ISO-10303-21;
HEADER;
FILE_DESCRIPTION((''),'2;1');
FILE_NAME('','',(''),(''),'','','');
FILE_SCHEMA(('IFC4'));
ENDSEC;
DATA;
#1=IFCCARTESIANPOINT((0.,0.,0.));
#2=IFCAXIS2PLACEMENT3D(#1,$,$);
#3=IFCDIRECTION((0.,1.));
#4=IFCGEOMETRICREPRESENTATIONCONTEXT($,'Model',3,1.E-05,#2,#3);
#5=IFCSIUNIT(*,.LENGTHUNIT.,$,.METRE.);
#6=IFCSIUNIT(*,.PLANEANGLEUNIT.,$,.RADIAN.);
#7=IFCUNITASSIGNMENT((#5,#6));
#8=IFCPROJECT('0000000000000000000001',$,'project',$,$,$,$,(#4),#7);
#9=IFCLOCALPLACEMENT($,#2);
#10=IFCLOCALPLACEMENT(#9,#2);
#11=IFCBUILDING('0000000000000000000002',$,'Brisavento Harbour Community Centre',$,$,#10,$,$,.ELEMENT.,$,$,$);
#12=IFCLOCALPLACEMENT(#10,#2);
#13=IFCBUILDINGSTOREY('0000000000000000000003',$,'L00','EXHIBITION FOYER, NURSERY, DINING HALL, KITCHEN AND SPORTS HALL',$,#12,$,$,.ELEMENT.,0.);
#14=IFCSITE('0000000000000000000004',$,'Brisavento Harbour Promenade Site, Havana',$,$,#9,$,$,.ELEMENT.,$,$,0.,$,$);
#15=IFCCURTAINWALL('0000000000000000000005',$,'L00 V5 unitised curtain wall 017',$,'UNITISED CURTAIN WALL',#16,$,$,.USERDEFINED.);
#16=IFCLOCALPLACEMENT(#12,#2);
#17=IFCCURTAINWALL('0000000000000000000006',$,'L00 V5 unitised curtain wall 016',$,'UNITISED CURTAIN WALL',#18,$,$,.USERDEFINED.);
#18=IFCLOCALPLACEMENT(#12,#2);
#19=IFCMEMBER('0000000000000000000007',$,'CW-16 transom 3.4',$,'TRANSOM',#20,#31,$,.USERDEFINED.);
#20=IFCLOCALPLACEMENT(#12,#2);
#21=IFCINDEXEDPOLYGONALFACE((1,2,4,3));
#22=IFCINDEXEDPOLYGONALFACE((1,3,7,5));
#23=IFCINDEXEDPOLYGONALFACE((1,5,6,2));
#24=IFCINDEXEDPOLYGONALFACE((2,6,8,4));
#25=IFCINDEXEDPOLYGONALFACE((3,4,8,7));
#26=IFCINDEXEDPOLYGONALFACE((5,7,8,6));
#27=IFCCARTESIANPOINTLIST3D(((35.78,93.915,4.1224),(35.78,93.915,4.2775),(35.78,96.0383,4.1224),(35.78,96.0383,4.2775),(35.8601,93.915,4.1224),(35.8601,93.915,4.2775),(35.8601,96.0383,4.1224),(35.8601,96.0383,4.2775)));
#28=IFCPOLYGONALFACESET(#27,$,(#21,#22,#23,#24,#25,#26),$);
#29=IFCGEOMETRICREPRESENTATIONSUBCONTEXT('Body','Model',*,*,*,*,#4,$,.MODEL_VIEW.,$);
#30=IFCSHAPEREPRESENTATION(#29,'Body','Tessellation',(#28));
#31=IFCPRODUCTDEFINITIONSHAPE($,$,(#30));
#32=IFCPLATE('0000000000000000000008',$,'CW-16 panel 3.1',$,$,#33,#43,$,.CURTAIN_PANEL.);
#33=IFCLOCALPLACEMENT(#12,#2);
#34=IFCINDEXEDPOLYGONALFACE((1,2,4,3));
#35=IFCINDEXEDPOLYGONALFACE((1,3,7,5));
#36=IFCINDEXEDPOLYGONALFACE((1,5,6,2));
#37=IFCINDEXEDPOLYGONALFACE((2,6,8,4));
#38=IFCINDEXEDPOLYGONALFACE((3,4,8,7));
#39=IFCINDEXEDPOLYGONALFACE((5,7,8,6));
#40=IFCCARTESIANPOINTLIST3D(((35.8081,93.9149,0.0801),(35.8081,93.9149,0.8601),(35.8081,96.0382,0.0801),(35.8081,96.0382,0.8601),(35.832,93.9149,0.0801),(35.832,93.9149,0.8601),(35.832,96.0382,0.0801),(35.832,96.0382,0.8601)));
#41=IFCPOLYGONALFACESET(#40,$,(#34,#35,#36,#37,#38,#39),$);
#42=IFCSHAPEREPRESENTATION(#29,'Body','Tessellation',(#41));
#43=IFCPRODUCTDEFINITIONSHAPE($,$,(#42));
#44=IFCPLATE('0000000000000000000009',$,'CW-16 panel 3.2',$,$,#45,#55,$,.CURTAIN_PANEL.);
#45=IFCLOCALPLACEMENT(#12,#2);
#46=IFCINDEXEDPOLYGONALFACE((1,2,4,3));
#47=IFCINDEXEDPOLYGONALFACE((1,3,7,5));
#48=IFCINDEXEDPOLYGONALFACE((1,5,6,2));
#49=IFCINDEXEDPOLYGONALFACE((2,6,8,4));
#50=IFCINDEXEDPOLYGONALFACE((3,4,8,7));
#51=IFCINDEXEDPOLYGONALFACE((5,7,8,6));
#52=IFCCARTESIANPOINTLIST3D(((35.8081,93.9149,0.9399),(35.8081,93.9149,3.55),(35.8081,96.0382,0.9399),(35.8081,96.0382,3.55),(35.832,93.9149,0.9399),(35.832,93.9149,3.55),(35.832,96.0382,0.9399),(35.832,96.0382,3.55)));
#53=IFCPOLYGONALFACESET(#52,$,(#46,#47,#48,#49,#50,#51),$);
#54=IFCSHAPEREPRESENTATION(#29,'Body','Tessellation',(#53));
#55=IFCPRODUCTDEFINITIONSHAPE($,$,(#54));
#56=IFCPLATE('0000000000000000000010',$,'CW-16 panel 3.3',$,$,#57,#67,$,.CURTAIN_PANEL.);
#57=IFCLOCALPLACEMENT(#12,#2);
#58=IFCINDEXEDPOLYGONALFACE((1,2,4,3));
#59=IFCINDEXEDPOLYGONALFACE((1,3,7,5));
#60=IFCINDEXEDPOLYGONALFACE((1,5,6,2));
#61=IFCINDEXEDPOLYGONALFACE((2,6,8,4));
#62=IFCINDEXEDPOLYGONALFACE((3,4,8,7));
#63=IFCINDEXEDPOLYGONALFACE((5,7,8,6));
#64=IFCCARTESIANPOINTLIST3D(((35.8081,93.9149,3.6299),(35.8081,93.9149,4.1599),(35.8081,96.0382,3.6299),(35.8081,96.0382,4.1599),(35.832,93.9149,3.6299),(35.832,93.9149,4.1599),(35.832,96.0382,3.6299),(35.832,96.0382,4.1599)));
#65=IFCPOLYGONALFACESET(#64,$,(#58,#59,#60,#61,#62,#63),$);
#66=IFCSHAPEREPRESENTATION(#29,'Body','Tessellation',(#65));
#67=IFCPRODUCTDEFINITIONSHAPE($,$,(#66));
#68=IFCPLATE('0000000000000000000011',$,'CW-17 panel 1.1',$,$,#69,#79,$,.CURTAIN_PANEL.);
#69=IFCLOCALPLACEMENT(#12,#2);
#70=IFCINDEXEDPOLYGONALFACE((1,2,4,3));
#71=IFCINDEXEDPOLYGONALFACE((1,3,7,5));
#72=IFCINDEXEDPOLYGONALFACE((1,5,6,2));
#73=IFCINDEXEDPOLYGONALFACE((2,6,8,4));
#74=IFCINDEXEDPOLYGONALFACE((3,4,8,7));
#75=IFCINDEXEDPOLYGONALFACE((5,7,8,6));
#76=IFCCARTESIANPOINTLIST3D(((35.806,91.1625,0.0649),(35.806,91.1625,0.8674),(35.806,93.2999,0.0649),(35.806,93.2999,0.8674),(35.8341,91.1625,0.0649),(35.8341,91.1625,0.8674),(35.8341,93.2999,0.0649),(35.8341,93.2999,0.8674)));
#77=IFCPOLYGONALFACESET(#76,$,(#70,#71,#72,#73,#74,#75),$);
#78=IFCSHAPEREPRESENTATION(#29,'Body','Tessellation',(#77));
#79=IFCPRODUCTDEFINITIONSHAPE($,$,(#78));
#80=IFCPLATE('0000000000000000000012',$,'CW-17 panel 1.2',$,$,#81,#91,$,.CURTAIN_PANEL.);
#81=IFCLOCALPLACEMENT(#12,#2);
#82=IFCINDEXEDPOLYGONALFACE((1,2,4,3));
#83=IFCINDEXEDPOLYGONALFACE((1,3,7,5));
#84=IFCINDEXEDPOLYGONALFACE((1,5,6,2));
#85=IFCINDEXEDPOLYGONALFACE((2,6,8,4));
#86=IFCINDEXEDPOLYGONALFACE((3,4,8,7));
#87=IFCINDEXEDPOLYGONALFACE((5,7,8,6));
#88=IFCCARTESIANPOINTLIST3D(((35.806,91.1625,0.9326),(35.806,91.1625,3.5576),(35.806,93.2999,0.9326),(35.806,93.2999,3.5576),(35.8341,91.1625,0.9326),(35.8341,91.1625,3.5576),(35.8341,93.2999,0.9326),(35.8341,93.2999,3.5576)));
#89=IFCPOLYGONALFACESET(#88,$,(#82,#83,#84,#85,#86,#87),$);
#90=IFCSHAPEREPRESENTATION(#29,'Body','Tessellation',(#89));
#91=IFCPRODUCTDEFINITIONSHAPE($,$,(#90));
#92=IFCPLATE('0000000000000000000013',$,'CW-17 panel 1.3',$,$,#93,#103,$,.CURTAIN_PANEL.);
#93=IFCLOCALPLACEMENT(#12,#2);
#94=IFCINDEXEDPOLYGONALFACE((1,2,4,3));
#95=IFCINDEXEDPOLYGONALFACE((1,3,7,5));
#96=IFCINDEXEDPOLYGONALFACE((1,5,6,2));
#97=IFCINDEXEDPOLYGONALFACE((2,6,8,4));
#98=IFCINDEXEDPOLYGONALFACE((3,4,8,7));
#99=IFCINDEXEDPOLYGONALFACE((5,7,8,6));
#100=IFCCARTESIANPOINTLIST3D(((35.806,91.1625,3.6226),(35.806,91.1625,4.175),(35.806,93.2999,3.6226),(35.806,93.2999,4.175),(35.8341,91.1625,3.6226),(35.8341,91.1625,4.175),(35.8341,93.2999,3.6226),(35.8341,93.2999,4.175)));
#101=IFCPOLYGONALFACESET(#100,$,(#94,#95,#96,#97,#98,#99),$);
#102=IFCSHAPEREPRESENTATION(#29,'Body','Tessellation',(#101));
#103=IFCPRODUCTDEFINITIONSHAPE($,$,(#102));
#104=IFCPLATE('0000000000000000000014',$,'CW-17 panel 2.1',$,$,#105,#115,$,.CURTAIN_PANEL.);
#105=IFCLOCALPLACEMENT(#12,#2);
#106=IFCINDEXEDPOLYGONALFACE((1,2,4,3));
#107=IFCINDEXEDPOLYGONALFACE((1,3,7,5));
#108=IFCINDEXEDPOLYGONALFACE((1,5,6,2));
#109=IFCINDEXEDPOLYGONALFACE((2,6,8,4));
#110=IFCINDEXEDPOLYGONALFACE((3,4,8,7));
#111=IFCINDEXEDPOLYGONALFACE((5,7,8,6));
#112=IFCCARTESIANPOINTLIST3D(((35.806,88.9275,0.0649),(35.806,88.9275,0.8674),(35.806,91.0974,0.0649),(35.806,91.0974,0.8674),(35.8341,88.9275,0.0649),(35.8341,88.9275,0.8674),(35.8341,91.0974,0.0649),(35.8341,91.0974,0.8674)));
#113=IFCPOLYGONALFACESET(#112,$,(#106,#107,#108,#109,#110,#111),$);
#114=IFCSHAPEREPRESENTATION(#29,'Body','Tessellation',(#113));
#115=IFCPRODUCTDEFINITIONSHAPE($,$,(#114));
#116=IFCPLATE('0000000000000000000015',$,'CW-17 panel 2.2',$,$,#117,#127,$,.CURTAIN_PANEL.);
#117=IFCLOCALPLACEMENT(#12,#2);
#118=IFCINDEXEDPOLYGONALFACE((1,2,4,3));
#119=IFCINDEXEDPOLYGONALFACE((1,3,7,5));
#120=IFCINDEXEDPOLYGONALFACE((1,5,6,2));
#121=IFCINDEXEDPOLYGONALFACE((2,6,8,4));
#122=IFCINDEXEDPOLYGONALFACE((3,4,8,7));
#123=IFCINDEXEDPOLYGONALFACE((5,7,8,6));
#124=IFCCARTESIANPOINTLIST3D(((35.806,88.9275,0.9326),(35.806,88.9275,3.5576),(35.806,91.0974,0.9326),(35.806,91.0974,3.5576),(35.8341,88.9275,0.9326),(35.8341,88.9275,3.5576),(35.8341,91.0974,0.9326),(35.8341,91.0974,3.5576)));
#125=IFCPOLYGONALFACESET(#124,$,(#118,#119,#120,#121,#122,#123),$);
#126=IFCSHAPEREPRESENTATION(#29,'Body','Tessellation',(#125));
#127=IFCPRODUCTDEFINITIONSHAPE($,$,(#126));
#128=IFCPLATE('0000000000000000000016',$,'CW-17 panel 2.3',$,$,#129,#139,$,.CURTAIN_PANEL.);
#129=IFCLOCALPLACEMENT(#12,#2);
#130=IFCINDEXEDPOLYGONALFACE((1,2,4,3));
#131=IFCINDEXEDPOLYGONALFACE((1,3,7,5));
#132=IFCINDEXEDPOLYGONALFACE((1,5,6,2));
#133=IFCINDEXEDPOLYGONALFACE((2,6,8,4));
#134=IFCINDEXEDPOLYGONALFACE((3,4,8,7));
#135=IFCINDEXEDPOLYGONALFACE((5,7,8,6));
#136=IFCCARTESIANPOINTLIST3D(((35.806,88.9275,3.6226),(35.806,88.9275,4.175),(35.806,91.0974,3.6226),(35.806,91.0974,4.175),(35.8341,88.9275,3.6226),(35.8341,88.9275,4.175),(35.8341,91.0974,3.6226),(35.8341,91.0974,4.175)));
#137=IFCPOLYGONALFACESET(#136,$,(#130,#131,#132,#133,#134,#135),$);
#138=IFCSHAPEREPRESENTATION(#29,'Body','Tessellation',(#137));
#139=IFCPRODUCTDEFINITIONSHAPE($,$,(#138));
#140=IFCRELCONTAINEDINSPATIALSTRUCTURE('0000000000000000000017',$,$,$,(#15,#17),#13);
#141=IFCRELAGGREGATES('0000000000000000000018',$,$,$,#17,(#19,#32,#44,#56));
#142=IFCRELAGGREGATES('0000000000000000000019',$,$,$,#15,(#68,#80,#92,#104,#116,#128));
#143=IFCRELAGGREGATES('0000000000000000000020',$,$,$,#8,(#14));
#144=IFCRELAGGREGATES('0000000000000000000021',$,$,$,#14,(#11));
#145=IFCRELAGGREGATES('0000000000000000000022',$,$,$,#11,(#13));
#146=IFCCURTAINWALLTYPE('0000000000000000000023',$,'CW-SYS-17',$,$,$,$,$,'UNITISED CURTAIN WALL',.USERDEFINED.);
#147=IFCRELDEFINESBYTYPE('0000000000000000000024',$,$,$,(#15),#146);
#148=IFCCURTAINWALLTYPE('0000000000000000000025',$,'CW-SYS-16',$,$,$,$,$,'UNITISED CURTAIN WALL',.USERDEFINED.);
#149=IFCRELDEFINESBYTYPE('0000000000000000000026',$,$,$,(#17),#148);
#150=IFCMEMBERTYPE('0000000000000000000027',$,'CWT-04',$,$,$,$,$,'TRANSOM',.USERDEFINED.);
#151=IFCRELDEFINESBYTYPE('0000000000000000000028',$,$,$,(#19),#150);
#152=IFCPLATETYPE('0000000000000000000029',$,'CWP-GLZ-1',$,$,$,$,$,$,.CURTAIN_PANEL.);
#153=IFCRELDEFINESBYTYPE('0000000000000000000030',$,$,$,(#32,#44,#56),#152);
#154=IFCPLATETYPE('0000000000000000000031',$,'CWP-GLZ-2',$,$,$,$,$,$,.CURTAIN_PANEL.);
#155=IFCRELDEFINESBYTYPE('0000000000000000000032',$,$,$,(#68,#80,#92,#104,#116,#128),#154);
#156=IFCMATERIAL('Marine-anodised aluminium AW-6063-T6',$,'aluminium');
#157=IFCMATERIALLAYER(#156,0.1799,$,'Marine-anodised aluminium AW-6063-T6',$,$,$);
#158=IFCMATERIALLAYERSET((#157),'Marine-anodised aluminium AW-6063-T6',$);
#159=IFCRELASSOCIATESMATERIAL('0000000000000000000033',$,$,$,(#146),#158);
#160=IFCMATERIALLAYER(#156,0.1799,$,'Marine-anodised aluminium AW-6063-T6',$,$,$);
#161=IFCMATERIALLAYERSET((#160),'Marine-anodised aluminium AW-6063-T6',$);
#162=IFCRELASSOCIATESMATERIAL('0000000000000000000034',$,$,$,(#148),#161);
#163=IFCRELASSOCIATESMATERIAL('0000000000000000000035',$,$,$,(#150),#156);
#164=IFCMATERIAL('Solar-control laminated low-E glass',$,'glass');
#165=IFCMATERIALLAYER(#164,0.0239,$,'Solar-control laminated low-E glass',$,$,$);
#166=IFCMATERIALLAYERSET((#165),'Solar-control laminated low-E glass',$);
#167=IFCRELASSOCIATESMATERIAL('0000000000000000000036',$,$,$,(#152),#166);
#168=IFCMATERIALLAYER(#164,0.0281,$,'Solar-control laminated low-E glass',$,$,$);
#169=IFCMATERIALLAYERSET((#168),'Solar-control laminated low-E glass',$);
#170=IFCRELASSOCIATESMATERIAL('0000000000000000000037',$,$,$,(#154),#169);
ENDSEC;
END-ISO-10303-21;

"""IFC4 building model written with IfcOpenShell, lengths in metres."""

from ifc_helpers import new_model, si_unit, direction, frame, origin, origin_2d, place, context, subcontext, project, spatial, rectangle, extrude, material, layer, layer_set, material_profile, profile_set, type_object, element, aggregate, save


model = new_model("IFC4")

# Units and contexts
model_context = context("Model", 3, precision=1e-05, world=origin(), true_north=direction((0.0, 1.0)))
body_context = subcontext(model_context, "Body", "Model", "MODEL_VIEW")
ifc_project = project(units=[si_unit("LENGTHUNIT", "METRE"), si_unit("PLANEANGLEUNIT", "RADIAN")], contexts=[model_context])

# Site, building, storey
site_placement = place(None, origin())
site = spatial("IfcSite", under=ifc_project, at=site_placement, Name="Brisavento Harbour Promenade Site, Havana", CompositionType="ELEMENT", RefElevation=0.0)
building_placement = place(site_placement, origin())
building = spatial("IfcBuilding", under=site, at=building_placement, Name="Brisavento Harbour Community Centre", CompositionType="ELEMENT")
storey_placement = place(building_placement, origin())
storey = spatial("IfcBuildingStorey", under=building, at=storey_placement, Name="L00", Description="EXHIBITION FOYER, NURSERY, DINING HALL, KITCHEN AND SPORTS HALL", CompositionType="ELEMENT", Elevation=0.0)

# Curtain wall
ifc_material_1 = material(Name="Marine-anodised aluminium AW-6063-T6", Category="aluminium")
ifc_layer_1 = layer(ifc_material_1, 0.1799, Name="Marine-anodised aluminium AW-6063-T6")
ifc_layer_set_1 = layer_set([ifc_layer_1], Name="Marine-anodised aluminium AW-6063-T6")
curtain_wall_type_1 = type_object("IfcCurtainWallType", Name="CW-SYS-17", ElementType="UNITISED CURTAIN WALL", PredefinedType="USERDEFINED", material=ifc_layer_set_1)
curtain_wall_1_placement = place(storey_placement, origin())
curtain_wall_1 = element("IfcCurtainWall", 1, at=curtain_wall_1_placement, inside=storey, type_object=curtain_wall_type_1, Name="L00 V5 unitised curtain wall 017", ObjectType="UNITISED CURTAIN WALL", PredefinedType="USERDEFINED")

# Curtain wall
ifc_layer_2 = layer(ifc_material_1, 0.1799, Name="Marine-anodised aluminium AW-6063-T6")
ifc_layer_set_2 = layer_set([ifc_layer_2], Name="Marine-anodised aluminium AW-6063-T6")
curtain_wall_type_2 = type_object("IfcCurtainWallType", Name="CW-SYS-16", ElementType="UNITISED CURTAIN WALL", PredefinedType="USERDEFINED", material=ifc_layer_set_2)
curtain_wall_2_placement = place(storey_placement, origin())
curtain_wall_2 = element("IfcCurtainWall", 2, at=curtain_wall_2_placement, inside=storey, type_object=curtain_wall_type_2, Name="L00 V5 unitised curtain wall 016", ObjectType="UNITISED CURTAIN WALL", PredefinedType="USERDEFINED")

# Member
ifc_material_profile_1 = material_profile(ifc_material_1, rectangle(XDim=0.0801, YDim=0.155, at=origin_2d()), Name="Marine-anodised aluminium AW-6063-T6")
ifc_profile_set_1 = profile_set([ifc_material_profile_1], Name="Marine-anodised aluminium AW-6063-T6")
member_type_1 = type_object("IfcMemberType", Name="CWT-04", ElementType="TRANSOM", PredefinedType="USERDEFINED", material=ifc_profile_set_1)
member_1_placement = place(storey_placement, frame((35.8201, 96.0383, 4.2), z_axis=(0.0, -1.0, 0.0), x_axis=(1.0, 0.0, 0.0)))
member_1 = element("IfcMember", 3, at=member_1_placement, type_object=member_type_1, Name="CW-16 transom 3.4", ObjectType="TRANSOM", PredefinedType="USERDEFINED", context=body_context, shape_type="SweptSolid", body=[
    extrude(rectangle(XDim=0.0801, YDim=0.155, at=origin_2d()), origin(), (0.0, 0.0, 1.0), 2.1233),
])

# Plates
ifc_material_2 = material(Name="Solar-control laminated low-E glass", Category="glass")
ifc_layer_3 = layer(ifc_material_2, 0.0239, Name="Solar-control laminated low-E glass")
ifc_layer_set_3 = layer_set([ifc_layer_3], Name="Solar-control laminated low-E glass")
plate_type_1 = type_object("IfcPlateType", Name="CWP-GLZ-1", PredefinedType="CURTAIN_PANEL", material=ifc_layer_set_3)
plate_1_placement = place(storey_placement, frame((35.8201, 94.9766, 0.0801), z_axis=(0.0, 0.0, 1.0), x_axis=(0.0, -1.0, 0.0)))
plate_1 = element("IfcPlate", 4, at=plate_1_placement, type_object=plate_type_1, Name="CW-16 panel 3.1", PredefinedType="CURTAIN_PANEL", context=body_context, shape_type="SweptSolid", body=[
    extrude(rectangle(XDim=2.1233, YDim=0.0239, at=origin_2d()), origin(), (0.0, 0.0, 1.0), 0.78),
])
plate_2_placement = place(storey_placement, frame((35.8201, 94.9766, 0.9399), z_axis=(0.0, 0.0, 1.0), x_axis=(0.0, -1.0, 0.0)))
plate_2 = element("IfcPlate", 5, at=plate_2_placement, type_object=plate_type_1, Name="CW-16 panel 3.2", PredefinedType="CURTAIN_PANEL", context=body_context, shape_type="SweptSolid", body=[
    extrude(rectangle(XDim=2.1233, YDim=0.0239, at=origin_2d()), origin(), (0.0, 0.0, 1.0), 2.6101),
])
plate_3_placement = place(storey_placement, frame((35.8201, 94.9766, 3.6299), z_axis=(0.0, 0.0, 1.0), x_axis=(0.0, -1.0, 0.0)))
plate_3 = element("IfcPlate", 6, at=plate_3_placement, type_object=plate_type_1, Name="CW-16 panel 3.3", PredefinedType="CURTAIN_PANEL", context=body_context, shape_type="SweptSolid", body=[
    extrude(rectangle(XDim=2.1233, YDim=0.0239, at=origin_2d()), origin(), (0.0, 0.0, 1.0), 0.53),
])
aggregate(curtain_wall_2, [member_1, plate_1, plate_2, plate_3])
ifc_layer_4 = layer(ifc_material_2, 0.0281, Name="Solar-control laminated low-E glass")
ifc_layer_set_4 = layer_set([ifc_layer_4], Name="Solar-control laminated low-E glass")
plate_type_2 = type_object("IfcPlateType", Name="CWP-GLZ-2", PredefinedType="CURTAIN_PANEL", material=ifc_layer_set_4)
plate_4_placement = place(storey_placement, frame((35.8201, 92.2312, 0.0649), z_axis=(0.0, 0.0, 1.0), x_axis=(0.0, -1.0, 0.0)))
plate_4 = element("IfcPlate", 7, at=plate_4_placement, type_object=plate_type_2, Name="CW-17 panel 1.1", PredefinedType="CURTAIN_PANEL", context=body_context, shape_type="SweptSolid", body=[
    extrude(rectangle(XDim=2.1375, YDim=0.0281, at=origin_2d()), origin(), (0.0, 0.0, 1.0), 0.8025),
])
plate_5_placement = place(storey_placement, frame((35.8201, 92.2312, 0.9326), z_axis=(0.0, 0.0, 1.0), x_axis=(0.0, -1.0, 0.0)))
plate_5 = element("IfcPlate", 8, at=plate_5_placement, type_object=plate_type_2, Name="CW-17 panel 1.2", PredefinedType="CURTAIN_PANEL", context=body_context, shape_type="SweptSolid", body=[
    extrude(rectangle(XDim=2.1375, YDim=0.0281, at=origin_2d()), origin(), (0.0, 0.0, 1.0), 2.625),
])
plate_6_placement = place(storey_placement, frame((35.8201, 92.2312, 3.6226), z_axis=(0.0, 0.0, 1.0), x_axis=(0.0, -1.0, 0.0)))
plate_6 = element("IfcPlate", 9, at=plate_6_placement, type_object=plate_type_2, Name="CW-17 panel 1.3", PredefinedType="CURTAIN_PANEL", context=body_context, shape_type="SweptSolid", body=[
    extrude(rectangle(XDim=2.1375, YDim=0.0281, at=origin_2d()), origin(), (0.0, 0.0, 1.0), 0.5525),
])
plate_7_placement = place(storey_placement, frame((35.8201, 90.0125, 0.0649), z_axis=(0.0, 0.0, 1.0), x_axis=(0.0, -1.0, 0.0)))
plate_7 = element("IfcPlate", 10, at=plate_7_placement, type_object=plate_type_2, Name="CW-17 panel 2.1", PredefinedType="CURTAIN_PANEL", context=body_context, shape_type="SweptSolid", body=[
    extrude(rectangle(XDim=2.1699, YDim=0.0281, at=origin_2d()), origin(), (0.0, 0.0, 1.0), 0.8025),
])
plate_8_placement = place(storey_placement, frame((35.8201, 90.0125, 0.9326), z_axis=(0.0, 0.0, 1.0), x_axis=(0.0, -1.0, 0.0)))
plate_8 = element("IfcPlate", 11, at=plate_8_placement, type_object=plate_type_2, Name="CW-17 panel 2.2", PredefinedType="CURTAIN_PANEL", context=body_context, shape_type="SweptSolid", body=[
    extrude(rectangle(XDim=2.1699, YDim=0.0281, at=origin_2d()), origin(), (0.0, 0.0, 1.0), 2.625),
])
plate_9_placement = place(storey_placement, frame((35.8201, 90.0125, 3.6226), z_axis=(0.0, 0.0, 1.0), x_axis=(0.0, -1.0, 0.0)))
plate_9 = element("IfcPlate", 12, at=plate_9_placement, type_object=plate_type_2, Name="CW-17 panel 2.3", PredefinedType="CURTAIN_PANEL", context=body_context, shape_type="SweptSolid", body=[
    extrude(rectangle(XDim=2.1699, YDim=0.0281, at=origin_2d()), origin(), (0.0, 0.0, 1.0), 0.5525),
])
aggregate(curtain_wall_1, [plate_4, plate_5, plate_6, plate_7, plate_8, plate_9])

save(model, "model.ifc")
